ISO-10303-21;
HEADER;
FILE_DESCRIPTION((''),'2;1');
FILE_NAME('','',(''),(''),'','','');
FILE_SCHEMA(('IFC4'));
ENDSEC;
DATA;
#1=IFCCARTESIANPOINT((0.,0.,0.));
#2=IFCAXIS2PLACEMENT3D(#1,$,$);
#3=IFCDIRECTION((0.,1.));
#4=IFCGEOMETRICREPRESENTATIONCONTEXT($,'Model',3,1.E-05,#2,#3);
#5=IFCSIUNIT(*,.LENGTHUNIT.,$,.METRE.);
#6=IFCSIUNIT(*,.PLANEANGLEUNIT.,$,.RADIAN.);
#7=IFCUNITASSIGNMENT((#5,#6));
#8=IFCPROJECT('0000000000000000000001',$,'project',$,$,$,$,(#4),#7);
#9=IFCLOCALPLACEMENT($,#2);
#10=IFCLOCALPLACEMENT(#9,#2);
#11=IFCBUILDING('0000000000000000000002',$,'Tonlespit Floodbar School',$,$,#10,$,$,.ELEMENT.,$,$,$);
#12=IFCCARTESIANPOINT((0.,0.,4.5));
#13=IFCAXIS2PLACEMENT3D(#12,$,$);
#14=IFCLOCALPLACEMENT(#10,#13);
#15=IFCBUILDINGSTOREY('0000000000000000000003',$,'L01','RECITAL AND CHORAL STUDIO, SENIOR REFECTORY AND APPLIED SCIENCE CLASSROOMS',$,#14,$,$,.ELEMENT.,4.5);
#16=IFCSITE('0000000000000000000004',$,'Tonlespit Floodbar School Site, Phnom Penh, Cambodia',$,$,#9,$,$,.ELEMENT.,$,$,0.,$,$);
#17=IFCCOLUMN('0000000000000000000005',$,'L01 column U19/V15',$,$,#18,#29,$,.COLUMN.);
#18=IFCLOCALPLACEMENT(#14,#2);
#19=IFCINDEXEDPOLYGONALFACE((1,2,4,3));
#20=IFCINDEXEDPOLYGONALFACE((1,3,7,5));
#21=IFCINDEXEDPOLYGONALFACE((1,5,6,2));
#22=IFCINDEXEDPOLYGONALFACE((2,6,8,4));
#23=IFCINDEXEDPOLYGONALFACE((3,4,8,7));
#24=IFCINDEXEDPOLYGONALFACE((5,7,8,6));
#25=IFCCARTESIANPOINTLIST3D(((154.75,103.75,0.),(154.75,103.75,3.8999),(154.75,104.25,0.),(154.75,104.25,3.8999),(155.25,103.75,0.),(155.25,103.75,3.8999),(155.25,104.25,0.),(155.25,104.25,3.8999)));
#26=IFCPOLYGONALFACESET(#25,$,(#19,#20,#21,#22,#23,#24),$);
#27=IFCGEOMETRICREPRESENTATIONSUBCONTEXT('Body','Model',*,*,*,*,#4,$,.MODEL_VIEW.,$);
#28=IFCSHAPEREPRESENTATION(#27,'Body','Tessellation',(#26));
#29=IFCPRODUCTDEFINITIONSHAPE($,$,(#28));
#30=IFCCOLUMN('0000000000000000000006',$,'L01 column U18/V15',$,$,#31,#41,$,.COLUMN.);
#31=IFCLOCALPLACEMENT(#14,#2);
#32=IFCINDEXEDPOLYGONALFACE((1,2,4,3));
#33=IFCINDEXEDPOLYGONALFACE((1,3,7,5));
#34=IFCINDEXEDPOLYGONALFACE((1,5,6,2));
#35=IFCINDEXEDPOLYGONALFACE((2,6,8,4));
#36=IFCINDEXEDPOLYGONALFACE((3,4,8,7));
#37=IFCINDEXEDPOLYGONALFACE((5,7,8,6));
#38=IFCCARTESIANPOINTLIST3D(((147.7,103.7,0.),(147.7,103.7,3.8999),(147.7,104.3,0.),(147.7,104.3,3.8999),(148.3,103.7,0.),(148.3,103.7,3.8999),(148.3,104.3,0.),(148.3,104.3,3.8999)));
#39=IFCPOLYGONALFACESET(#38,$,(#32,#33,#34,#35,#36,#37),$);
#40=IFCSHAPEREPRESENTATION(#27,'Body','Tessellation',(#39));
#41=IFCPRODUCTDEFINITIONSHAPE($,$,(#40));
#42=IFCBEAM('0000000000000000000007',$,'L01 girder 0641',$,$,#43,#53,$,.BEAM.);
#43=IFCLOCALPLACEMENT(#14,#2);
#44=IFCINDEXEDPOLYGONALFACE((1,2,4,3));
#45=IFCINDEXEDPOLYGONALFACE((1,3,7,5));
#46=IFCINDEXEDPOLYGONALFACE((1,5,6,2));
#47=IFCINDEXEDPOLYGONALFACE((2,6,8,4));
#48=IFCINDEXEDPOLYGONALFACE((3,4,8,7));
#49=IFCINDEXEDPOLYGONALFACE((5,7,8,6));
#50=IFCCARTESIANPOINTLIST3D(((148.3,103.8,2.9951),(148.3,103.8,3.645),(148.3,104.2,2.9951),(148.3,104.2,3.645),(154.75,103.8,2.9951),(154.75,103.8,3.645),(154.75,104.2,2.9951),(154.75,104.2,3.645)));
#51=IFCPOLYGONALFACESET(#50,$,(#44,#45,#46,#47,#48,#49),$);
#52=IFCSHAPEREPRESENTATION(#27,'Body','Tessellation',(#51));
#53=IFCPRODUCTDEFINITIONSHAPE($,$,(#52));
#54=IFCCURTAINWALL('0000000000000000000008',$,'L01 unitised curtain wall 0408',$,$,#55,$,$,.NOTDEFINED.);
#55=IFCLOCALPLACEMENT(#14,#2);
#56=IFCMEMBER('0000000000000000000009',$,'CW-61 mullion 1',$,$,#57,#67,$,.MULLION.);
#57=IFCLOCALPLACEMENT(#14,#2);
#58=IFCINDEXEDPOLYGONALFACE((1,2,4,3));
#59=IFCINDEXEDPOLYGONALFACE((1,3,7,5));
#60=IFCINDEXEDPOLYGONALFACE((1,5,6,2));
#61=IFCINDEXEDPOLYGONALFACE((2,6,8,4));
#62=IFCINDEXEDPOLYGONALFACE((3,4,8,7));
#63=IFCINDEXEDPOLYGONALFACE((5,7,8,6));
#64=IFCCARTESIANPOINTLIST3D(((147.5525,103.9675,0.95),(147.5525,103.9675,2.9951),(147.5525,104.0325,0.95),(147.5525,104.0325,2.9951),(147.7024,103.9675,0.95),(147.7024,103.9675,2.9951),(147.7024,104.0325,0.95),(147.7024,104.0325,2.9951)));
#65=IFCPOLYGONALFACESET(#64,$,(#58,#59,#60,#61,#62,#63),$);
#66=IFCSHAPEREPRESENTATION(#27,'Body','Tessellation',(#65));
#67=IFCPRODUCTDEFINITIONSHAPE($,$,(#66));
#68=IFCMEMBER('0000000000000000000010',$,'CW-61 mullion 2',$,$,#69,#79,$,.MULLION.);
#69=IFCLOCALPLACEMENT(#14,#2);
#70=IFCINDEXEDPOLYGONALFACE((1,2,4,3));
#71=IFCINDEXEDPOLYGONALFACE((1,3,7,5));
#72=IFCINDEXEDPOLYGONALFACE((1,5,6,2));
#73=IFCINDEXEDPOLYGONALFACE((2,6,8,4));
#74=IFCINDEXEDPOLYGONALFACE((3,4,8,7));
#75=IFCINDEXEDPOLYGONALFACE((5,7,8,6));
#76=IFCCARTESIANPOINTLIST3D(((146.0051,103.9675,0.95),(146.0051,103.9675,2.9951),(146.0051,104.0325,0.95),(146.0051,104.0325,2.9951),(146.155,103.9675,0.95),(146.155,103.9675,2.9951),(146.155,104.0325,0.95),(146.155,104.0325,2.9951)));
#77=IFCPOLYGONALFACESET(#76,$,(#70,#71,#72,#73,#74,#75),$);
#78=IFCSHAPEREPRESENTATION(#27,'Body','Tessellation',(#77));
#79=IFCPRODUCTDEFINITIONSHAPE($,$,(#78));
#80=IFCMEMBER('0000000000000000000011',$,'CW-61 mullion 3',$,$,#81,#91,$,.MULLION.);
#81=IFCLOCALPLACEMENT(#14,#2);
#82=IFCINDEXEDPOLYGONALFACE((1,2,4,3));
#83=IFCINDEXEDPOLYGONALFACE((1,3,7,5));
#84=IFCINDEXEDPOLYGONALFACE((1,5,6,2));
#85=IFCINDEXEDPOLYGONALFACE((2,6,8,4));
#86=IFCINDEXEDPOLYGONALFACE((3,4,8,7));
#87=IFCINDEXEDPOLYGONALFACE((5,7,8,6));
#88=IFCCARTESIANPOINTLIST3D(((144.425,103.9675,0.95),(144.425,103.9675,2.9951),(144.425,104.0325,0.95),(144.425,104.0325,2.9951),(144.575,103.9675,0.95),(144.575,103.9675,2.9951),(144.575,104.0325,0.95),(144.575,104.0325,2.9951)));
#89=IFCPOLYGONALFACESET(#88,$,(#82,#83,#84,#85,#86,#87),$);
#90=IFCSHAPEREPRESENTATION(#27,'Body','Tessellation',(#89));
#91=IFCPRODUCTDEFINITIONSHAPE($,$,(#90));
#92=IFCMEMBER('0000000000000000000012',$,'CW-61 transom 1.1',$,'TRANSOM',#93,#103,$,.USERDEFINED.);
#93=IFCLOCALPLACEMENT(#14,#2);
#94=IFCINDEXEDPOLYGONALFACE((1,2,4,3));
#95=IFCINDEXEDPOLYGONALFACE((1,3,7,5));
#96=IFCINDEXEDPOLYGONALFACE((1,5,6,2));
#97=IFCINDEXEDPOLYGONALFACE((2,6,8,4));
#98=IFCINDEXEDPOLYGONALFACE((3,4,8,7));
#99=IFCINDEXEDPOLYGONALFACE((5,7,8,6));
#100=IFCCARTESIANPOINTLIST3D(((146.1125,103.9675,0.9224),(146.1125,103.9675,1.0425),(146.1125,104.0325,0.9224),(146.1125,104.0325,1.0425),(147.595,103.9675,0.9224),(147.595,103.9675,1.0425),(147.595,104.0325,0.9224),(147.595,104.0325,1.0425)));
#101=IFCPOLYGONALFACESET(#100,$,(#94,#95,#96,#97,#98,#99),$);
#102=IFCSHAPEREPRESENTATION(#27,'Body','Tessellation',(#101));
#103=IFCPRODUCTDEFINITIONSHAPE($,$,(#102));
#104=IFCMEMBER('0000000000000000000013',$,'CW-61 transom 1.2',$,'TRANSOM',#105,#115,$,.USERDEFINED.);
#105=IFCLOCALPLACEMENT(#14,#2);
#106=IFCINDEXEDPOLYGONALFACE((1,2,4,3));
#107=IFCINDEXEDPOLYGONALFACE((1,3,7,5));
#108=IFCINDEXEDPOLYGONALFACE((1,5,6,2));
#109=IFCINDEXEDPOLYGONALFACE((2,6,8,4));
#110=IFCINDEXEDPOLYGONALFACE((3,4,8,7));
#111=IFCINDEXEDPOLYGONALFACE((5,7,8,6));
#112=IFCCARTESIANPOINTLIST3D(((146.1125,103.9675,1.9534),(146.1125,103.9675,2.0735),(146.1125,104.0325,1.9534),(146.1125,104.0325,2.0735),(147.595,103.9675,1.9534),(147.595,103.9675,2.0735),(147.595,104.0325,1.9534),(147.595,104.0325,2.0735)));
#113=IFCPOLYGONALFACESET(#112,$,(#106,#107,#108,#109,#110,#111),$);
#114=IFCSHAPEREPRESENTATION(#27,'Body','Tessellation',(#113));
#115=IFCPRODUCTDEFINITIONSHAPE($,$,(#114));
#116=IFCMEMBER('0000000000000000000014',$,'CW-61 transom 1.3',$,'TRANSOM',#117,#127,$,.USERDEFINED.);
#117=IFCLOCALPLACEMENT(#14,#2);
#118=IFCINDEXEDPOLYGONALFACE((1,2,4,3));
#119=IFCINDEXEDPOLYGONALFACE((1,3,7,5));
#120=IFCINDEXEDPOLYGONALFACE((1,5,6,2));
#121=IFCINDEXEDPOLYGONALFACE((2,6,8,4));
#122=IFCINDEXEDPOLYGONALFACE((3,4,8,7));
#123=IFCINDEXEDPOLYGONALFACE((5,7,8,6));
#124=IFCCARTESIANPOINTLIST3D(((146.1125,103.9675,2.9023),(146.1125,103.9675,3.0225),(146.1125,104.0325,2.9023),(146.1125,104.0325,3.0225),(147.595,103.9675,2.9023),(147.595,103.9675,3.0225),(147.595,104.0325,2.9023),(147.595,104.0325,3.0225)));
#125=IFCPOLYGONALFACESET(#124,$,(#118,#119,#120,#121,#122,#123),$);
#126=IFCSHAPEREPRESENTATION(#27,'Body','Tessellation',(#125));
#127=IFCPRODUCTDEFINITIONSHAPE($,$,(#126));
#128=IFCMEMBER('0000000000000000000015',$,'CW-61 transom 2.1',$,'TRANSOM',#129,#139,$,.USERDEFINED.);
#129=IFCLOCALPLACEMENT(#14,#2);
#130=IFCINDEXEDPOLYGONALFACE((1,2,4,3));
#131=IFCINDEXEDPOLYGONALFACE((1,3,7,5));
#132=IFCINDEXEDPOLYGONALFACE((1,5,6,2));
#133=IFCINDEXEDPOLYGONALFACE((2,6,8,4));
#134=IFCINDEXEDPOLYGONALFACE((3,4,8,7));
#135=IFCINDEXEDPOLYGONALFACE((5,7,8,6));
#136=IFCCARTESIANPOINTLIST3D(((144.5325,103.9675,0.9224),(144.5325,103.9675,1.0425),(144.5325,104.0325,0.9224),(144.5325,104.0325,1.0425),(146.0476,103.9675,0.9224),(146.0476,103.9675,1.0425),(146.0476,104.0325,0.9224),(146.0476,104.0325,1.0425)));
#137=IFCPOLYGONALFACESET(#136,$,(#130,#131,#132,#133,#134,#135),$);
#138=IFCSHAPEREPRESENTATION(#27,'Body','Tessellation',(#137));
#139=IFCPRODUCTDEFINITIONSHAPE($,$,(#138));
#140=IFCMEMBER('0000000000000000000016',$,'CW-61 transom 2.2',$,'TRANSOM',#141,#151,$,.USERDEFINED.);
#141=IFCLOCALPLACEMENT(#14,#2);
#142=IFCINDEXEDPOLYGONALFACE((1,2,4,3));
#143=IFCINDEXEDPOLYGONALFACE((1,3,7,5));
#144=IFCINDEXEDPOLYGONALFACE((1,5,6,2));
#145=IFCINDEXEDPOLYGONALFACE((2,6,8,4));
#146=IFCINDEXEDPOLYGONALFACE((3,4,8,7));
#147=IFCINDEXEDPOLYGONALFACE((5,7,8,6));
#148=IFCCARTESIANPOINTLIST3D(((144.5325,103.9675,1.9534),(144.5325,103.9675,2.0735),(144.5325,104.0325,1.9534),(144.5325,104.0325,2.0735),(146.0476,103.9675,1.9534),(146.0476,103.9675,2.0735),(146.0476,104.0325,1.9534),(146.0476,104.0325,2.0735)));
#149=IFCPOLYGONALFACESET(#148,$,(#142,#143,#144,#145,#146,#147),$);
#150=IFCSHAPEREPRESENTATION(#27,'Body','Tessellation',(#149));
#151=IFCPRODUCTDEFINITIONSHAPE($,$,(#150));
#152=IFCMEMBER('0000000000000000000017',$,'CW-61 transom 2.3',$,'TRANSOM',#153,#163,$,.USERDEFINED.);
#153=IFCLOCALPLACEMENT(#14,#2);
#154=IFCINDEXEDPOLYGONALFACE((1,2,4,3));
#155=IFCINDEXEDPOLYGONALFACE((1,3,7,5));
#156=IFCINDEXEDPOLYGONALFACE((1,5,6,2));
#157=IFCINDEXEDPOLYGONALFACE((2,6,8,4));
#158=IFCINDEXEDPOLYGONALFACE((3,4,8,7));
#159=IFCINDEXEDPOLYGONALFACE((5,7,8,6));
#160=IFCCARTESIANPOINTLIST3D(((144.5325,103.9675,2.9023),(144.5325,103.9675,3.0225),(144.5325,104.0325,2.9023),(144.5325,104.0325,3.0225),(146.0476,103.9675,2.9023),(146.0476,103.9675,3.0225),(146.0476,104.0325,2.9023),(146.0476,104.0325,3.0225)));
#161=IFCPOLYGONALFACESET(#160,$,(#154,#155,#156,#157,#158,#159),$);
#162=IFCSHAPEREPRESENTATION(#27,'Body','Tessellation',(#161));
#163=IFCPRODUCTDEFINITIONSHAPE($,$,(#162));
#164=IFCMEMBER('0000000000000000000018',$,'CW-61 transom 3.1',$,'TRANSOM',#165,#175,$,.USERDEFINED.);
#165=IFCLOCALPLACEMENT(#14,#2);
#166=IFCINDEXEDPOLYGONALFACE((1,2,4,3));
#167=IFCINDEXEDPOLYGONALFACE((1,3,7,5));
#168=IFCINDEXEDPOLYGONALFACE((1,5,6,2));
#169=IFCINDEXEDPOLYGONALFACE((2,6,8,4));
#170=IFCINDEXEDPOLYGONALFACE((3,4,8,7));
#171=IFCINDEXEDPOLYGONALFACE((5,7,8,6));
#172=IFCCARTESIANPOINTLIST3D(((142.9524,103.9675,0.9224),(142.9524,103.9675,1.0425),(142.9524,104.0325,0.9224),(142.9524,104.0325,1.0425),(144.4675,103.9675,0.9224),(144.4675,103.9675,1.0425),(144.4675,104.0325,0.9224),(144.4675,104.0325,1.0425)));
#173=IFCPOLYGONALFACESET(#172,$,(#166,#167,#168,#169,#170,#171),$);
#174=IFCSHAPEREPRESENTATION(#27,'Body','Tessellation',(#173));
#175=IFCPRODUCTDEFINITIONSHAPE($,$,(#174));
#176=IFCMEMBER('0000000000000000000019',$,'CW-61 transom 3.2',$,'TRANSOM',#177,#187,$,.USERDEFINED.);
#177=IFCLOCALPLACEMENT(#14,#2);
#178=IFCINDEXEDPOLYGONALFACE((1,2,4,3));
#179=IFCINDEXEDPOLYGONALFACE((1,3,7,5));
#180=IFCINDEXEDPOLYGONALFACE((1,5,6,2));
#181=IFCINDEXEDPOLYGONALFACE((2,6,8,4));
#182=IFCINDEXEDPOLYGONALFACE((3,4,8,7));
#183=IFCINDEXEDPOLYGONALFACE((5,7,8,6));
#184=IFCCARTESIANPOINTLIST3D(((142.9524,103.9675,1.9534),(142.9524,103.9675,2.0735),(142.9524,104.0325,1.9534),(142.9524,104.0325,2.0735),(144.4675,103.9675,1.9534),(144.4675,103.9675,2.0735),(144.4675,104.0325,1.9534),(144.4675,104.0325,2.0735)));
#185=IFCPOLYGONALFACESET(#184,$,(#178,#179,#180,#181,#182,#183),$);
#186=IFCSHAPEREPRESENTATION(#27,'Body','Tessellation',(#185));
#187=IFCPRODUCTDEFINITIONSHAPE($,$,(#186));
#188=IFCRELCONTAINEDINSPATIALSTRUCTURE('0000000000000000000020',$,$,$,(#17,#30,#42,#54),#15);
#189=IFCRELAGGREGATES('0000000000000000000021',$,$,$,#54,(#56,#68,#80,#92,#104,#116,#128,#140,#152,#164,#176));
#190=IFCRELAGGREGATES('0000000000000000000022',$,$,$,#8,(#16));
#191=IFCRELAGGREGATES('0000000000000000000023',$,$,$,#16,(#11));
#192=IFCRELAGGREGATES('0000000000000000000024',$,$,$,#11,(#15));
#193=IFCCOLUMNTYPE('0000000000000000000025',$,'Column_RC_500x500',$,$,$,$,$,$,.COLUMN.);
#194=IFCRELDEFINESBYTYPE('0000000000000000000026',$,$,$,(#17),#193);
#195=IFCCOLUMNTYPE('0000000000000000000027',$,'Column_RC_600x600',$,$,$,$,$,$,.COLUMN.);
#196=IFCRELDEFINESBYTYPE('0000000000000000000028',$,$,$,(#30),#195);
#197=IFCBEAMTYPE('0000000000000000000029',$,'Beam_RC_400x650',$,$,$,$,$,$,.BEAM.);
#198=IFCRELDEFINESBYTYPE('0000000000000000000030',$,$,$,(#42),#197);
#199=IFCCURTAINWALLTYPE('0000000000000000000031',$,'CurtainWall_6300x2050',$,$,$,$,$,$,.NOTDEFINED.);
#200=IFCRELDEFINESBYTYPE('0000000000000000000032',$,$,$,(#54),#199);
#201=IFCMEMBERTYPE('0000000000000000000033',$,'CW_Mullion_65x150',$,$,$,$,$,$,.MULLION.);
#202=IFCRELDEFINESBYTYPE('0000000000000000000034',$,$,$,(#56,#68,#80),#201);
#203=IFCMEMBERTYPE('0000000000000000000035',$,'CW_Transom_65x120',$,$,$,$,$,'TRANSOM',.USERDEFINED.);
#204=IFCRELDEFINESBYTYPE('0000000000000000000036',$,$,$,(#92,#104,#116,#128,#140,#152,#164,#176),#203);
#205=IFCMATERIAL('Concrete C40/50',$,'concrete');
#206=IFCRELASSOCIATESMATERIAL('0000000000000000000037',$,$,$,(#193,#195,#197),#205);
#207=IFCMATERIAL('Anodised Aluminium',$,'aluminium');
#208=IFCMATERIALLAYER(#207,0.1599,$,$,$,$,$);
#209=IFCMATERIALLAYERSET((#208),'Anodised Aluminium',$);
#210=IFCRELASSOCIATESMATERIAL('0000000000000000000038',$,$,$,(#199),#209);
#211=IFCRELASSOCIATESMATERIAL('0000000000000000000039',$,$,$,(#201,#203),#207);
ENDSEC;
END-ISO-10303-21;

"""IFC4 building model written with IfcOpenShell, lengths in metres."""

from ifc_helpers import new_model, si_unit, direction, frame, origin, origin_2d, place, context, subcontext, project, spatial, rectangle, extrude, material, layer, layer_set, material_profile, profile_set, type_object, element, aggregate, save


model = new_model("IFC4")

# Units and contexts
model_context = context("Model", 3, precision=1e-05, world=origin(), true_north=direction((0.0, 1.0)))
body_context = subcontext(model_context, "Body", "Model", "MODEL_VIEW")
ifc_project = project(units=[si_unit("LENGTHUNIT", "METRE"), si_unit("PLANEANGLEUNIT", "RADIAN")], contexts=[model_context])

# Site, building, storey
site_placement = place(None, origin())
site = spatial("IfcSite", under=ifc_project, at=site_placement, Name="Tonlespit Floodbar School Site, Phnom Penh, Cambodia", CompositionType="ELEMENT", RefElevation=0.0)
building_placement = place(site_placement, origin())
building = spatial("IfcBuilding", under=site, at=building_placement, Name="Tonlespit Floodbar School", CompositionType="ELEMENT")
storey_placement = place(building_placement, frame((0.0, 0.0, 4.5)))
storey = spatial("IfcBuildingStorey", under=building, at=storey_placement, Name="L01", Description="RECITAL AND CHORAL STUDIO, SENIOR REFECTORY AND APPLIED SCIENCE CLASSROOMS", CompositionType="ELEMENT", Elevation=4.5)

# Columns
ifc_material_1 = material(Name="Concrete C40/50", Category="concrete")
ifc_material_profile_1 = material_profile(ifc_material_1, rectangle(XDim=0.5, YDim=0.5, at=origin_2d()), Name="RC 500x500")
ifc_profile_set_1 = profile_set([ifc_material_profile_1], Name="Concrete C40/50")
column_type_1 = type_object("IfcColumnType", Name="Column_RC_500x500", PredefinedType="COLUMN", material=ifc_profile_set_1)
column_1_placement = place(storey_placement, frame((155.0, 104.0, 0.0), z_axis=(0.0, 0.0, 1.0), x_axis=(1.0, 0.0, 0.0)))
element("IfcColumn", 1, at=column_1_placement, inside=storey, type_object=column_type_1, Name="L01 column U19/V15", PredefinedType="COLUMN", context=body_context, shape_type="SweptSolid", body=[
    extrude(rectangle(XDim=0.5, YDim=0.5, at=origin_2d()), origin(), (0.0, 0.0, 1.0), 3.8999),
])
ifc_material_profile_2 = material_profile(ifc_material_1, rectangle(XDim=0.6001, YDim=0.6001, at=origin_2d()), Name="RC 600x600")
ifc_profile_set_2 = profile_set([ifc_material_profile_2], Name="Concrete C40/50")
column_type_2 = type_object("IfcColumnType", Name="Column_RC_600x600", PredefinedType="COLUMN", material=ifc_profile_set_2)
column_2_placement = place(storey_placement, frame((148.0, 104.0, 0.0), z_axis=(0.0, 0.0, 1.0), x_axis=(1.0, 0.0, 0.0)))
element("IfcColumn", 2, at=column_2_placement, inside=storey, type_object=column_type_2, Name="L01 column U18/V15", PredefinedType="COLUMN", context=body_context, shape_type="SweptSolid", body=[
    extrude(rectangle(XDim=0.6001, YDim=0.6001, at=origin_2d()), origin(), (0.0, 0.0, 1.0), 3.8999),
])

# Beam
ifc_material_profile_3 = material_profile(ifc_material_1, rectangle(XDim=0.3999, YDim=0.6499, at=origin_2d()), Name="RC 400x650")
ifc_profile_set_3 = profile_set([ifc_material_profile_3], Name="Concrete C40/50")
beam_type_1 = type_object("IfcBeamType", Name="Beam_RC_400x650", PredefinedType="BEAM", material=ifc_profile_set_3)
beam_placement = place(storey_placement, frame((148.3, 104.0, 3.3201), z_axis=(1.0, 0.0, 0.0), x_axis=(0.0, 1.0, 0.0)))
element("IfcBeam", 3, at=beam_placement, inside=storey, type_object=beam_type_1, Name="L01 girder 0641", PredefinedType="BEAM", context=body_context, shape_type="SweptSolid", body=[
    extrude(rectangle(XDim=0.3999, YDim=0.6499, at=origin_2d()), origin(), (0.0, 0.0, 1.0), 6.45),
])

# Curtain wall, members
ifc_material_2 = material(Name="Anodised Aluminium", Category="aluminium")
ifc_layer_1 = layer(ifc_material_2, 0.1599)
ifc_layer_set_1 = layer_set([ifc_layer_1], Name="Anodised Aluminium")
curtain_wall_type = type_object("IfcCurtainWallType", Name="CurtainWall_6300x2050", PredefinedType="NOTDEFINED", material=ifc_layer_set_1)
curtain_wall_placement = place(storey_placement, origin())
curtain_wall = element("IfcCurtainWall", 4, at=curtain_wall_placement, inside=storey, type_object=curtain_wall_type, Name="L01 unitised curtain wall 0408", PredefinedType="NOTDEFINED")
ifc_material_profile_4 = material_profile(ifc_material_2, rectangle(XDim=0.0649, YDim=0.1499, at=origin_2d()), Name="ALU M65x150")
ifc_profile_set_4 = profile_set([ifc_material_profile_4], Name="Anodised Aluminium")
member_type_1 = type_object("IfcMemberType", Name="CW_Mullion_65x150", PredefinedType="MULLION", material=ifc_profile_set_4)
member_1_placement = place(storey_placement, frame((147.6274, 104.0, 0.95), z_axis=(0.0, 0.0, 1.0), x_axis=(0.0, -1.0, 0.0)))
member_1 = element("IfcMember", 5, at=member_1_placement, type_object=member_type_1, Name="CW-61 mullion 1", PredefinedType="MULLION", context=body_context, shape_type="SweptSolid", body=[
    extrude(rectangle(XDim=0.0649, YDim=0.1499, at=origin_2d()), origin(), (0.0, 0.0, 1.0), 2.0452),
])
member_2_placement = place(storey_placement, frame((146.0801, 104.0, 0.95), z_axis=(0.0, 0.0, 1.0), x_axis=(0.0, -1.0, 0.0)))
member_2 = element("IfcMember", 6, at=member_2_placement, type_object=member_type_1, Name="CW-61 mullion 2", PredefinedType="MULLION", context=body_context, shape_type="SweptSolid", body=[
    extrude(rectangle(XDim=0.0649, YDim=0.1499, at=origin_2d()), origin(), (0.0, 0.0, 1.0), 2.0452),
])
member_3_placement = place(storey_placement, frame((144.5, 104.0, 0.95), z_axis=(0.0, 0.0, 1.0), x_axis=(0.0, -1.0, 0.0)))
member_3 = element("IfcMember", 7, at=member_3_placement, type_object=member_type_1, Name="CW-61 mullion 3", PredefinedType="MULLION", context=body_context, shape_type="SweptSolid", body=[
    extrude(rectangle(XDim=0.0649, YDim=0.1499, at=origin_2d()), origin(), (0.0, 0.0, 1.0), 2.0452),
])
ifc_material_profile_5 = material_profile(ifc_material_2, rectangle(XDim=0.0649, YDim=0.1201, at=origin_2d()), Name="ALU T65x120")
ifc_profile_set_5 = profile_set([ifc_material_profile_5], Name="Anodised Aluminium")
member_type_2 = type_object("IfcMemberType", Name="CW_Transom_65x120", ElementType="TRANSOM", PredefinedType="USERDEFINED", material=ifc_profile_set_5)
member_4_placement = place(storey_placement, frame((147.595, 104.0, 0.9824), z_axis=(-1.0, 0.0, 0.0), x_axis=(0.0, -1.0, 0.0)))
member_4 = element("IfcMember", 8, at=member_4_placement, type_object=member_type_2, Name="CW-61 transom 1.1", ObjectType="TRANSOM", PredefinedType="USERDEFINED", context=body_context, shape_type="SweptSolid", body=[
    extrude(rectangle(XDim=0.0649, YDim=0.1201, at=origin_2d()), origin(), (0.0, 0.0, 1.0), 1.4824),
])
member_5_placement = place(storey_placement, frame((147.595, 104.0, 2.0134), z_axis=(-1.0, 0.0, 0.0), x_axis=(0.0, -1.0, 0.0)))
member_5 = element("IfcMember", 9, at=member_5_placement, type_object=member_type_2, Name="CW-61 transom 1.2", ObjectType="TRANSOM", PredefinedType="USERDEFINED", context=body_context, shape_type="SweptSolid", body=[
    extrude(rectangle(XDim=0.0649, YDim=0.1201, at=origin_2d()), origin(), (0.0, 0.0, 1.0), 1.4824),
])
member_6_placement = place(storey_placement, frame((147.595, 104.0, 2.9624), z_axis=(-1.0, 0.0, 0.0), x_axis=(0.0, -1.0, 0.0)))
member_6 = element("IfcMember", 10, at=member_6_placement, type_object=member_type_2, Name="CW-61 transom 1.3", ObjectType="TRANSOM", PredefinedType="USERDEFINED", context=body_context, shape_type="SweptSolid", body=[
    extrude(rectangle(XDim=0.0649, YDim=0.1201, at=origin_2d()), origin(), (0.0, 0.0, 1.0), 1.4824),
])
member_7_placement = place(storey_placement, frame((146.0476, 104.0, 0.9824), z_axis=(-1.0, 0.0, 0.0), x_axis=(0.0, -1.0, 0.0)))
member_7 = element("IfcMember", 11, at=member_7_placement, type_object=member_type_2, Name="CW-61 transom 2.1", ObjectType="TRANSOM", PredefinedType="USERDEFINED", context=body_context, shape_type="SweptSolid", body=[
    extrude(rectangle(XDim=0.0649, YDim=0.1201, at=origin_2d()), origin(), (0.0, 0.0, 1.0), 1.5151),
])
member_8_placement = place(storey_placement, frame((146.0476, 104.0, 2.0134), z_axis=(-1.0, 0.0, 0.0), x_axis=(0.0, -1.0, 0.0)))
member_8 = element("IfcMember", 12, at=member_8_placement, type_object=member_type_2, Name="CW-61 transom 2.2", ObjectType="TRANSOM", PredefinedType="USERDEFINED", context=body_context, shape_type="SweptSolid", body=[
    extrude(rectangle(XDim=0.0649, YDim=0.1201, at=origin_2d()), origin(), (0.0, 0.0, 1.0), 1.5151),
])
member_9_placement = place(storey_placement, frame((146.0476, 104.0, 2.9624), z_axis=(-1.0, 0.0, 0.0), x_axis=(0.0, -1.0, 0.0)))
member_9 = element("IfcMember", 13, at=member_9_placement, type_object=member_type_2, Name="CW-61 transom 2.3", ObjectType="TRANSOM", PredefinedType="USERDEFINED", context=body_context, shape_type="SweptSolid", body=[
    extrude(rectangle(XDim=0.0649, YDim=0.1201, at=origin_2d()), origin(), (0.0, 0.0, 1.0), 1.5151),
])
member_10_placement = place(storey_placement, frame((144.4675, 104.0, 0.9824), z_axis=(-1.0, 0.0, 0.0), x_axis=(0.0, -1.0, 0.0)))
member_10 = element("IfcMember", 14, at=member_10_placement, type_object=member_type_2, Name="CW-61 transom 3.1", ObjectType="TRANSOM", PredefinedType="USERDEFINED", context=body_context, shape_type="SweptSolid", body=[
    extrude(rectangle(XDim=0.0649, YDim=0.1201, at=origin_2d()), origin(), (0.0, 0.0, 1.0), 1.5151),
])
member_11_placement = place(storey_placement, frame((144.4675, 104.0, 2.0134), z_axis=(-1.0, 0.0, 0.0), x_axis=(0.0, -1.0, 0.0)))
member_11 = element("IfcMember", 15, at=member_11_placement, type_object=member_type_2, Name="CW-61 transom 3.2", ObjectType="TRANSOM", PredefinedType="USERDEFINED", context=body_context, shape_type="SweptSolid", body=[
    extrude(rectangle(XDim=0.0649, YDim=0.1201, at=origin_2d()), origin(), (0.0, 0.0, 1.0), 1.5151),
])

aggregate(curtain_wall, [member_1, member_2, member_3, member_4, member_5, member_6, member_7, member_8, member_9, member_10, member_11])

save(model, "model.ifc")
